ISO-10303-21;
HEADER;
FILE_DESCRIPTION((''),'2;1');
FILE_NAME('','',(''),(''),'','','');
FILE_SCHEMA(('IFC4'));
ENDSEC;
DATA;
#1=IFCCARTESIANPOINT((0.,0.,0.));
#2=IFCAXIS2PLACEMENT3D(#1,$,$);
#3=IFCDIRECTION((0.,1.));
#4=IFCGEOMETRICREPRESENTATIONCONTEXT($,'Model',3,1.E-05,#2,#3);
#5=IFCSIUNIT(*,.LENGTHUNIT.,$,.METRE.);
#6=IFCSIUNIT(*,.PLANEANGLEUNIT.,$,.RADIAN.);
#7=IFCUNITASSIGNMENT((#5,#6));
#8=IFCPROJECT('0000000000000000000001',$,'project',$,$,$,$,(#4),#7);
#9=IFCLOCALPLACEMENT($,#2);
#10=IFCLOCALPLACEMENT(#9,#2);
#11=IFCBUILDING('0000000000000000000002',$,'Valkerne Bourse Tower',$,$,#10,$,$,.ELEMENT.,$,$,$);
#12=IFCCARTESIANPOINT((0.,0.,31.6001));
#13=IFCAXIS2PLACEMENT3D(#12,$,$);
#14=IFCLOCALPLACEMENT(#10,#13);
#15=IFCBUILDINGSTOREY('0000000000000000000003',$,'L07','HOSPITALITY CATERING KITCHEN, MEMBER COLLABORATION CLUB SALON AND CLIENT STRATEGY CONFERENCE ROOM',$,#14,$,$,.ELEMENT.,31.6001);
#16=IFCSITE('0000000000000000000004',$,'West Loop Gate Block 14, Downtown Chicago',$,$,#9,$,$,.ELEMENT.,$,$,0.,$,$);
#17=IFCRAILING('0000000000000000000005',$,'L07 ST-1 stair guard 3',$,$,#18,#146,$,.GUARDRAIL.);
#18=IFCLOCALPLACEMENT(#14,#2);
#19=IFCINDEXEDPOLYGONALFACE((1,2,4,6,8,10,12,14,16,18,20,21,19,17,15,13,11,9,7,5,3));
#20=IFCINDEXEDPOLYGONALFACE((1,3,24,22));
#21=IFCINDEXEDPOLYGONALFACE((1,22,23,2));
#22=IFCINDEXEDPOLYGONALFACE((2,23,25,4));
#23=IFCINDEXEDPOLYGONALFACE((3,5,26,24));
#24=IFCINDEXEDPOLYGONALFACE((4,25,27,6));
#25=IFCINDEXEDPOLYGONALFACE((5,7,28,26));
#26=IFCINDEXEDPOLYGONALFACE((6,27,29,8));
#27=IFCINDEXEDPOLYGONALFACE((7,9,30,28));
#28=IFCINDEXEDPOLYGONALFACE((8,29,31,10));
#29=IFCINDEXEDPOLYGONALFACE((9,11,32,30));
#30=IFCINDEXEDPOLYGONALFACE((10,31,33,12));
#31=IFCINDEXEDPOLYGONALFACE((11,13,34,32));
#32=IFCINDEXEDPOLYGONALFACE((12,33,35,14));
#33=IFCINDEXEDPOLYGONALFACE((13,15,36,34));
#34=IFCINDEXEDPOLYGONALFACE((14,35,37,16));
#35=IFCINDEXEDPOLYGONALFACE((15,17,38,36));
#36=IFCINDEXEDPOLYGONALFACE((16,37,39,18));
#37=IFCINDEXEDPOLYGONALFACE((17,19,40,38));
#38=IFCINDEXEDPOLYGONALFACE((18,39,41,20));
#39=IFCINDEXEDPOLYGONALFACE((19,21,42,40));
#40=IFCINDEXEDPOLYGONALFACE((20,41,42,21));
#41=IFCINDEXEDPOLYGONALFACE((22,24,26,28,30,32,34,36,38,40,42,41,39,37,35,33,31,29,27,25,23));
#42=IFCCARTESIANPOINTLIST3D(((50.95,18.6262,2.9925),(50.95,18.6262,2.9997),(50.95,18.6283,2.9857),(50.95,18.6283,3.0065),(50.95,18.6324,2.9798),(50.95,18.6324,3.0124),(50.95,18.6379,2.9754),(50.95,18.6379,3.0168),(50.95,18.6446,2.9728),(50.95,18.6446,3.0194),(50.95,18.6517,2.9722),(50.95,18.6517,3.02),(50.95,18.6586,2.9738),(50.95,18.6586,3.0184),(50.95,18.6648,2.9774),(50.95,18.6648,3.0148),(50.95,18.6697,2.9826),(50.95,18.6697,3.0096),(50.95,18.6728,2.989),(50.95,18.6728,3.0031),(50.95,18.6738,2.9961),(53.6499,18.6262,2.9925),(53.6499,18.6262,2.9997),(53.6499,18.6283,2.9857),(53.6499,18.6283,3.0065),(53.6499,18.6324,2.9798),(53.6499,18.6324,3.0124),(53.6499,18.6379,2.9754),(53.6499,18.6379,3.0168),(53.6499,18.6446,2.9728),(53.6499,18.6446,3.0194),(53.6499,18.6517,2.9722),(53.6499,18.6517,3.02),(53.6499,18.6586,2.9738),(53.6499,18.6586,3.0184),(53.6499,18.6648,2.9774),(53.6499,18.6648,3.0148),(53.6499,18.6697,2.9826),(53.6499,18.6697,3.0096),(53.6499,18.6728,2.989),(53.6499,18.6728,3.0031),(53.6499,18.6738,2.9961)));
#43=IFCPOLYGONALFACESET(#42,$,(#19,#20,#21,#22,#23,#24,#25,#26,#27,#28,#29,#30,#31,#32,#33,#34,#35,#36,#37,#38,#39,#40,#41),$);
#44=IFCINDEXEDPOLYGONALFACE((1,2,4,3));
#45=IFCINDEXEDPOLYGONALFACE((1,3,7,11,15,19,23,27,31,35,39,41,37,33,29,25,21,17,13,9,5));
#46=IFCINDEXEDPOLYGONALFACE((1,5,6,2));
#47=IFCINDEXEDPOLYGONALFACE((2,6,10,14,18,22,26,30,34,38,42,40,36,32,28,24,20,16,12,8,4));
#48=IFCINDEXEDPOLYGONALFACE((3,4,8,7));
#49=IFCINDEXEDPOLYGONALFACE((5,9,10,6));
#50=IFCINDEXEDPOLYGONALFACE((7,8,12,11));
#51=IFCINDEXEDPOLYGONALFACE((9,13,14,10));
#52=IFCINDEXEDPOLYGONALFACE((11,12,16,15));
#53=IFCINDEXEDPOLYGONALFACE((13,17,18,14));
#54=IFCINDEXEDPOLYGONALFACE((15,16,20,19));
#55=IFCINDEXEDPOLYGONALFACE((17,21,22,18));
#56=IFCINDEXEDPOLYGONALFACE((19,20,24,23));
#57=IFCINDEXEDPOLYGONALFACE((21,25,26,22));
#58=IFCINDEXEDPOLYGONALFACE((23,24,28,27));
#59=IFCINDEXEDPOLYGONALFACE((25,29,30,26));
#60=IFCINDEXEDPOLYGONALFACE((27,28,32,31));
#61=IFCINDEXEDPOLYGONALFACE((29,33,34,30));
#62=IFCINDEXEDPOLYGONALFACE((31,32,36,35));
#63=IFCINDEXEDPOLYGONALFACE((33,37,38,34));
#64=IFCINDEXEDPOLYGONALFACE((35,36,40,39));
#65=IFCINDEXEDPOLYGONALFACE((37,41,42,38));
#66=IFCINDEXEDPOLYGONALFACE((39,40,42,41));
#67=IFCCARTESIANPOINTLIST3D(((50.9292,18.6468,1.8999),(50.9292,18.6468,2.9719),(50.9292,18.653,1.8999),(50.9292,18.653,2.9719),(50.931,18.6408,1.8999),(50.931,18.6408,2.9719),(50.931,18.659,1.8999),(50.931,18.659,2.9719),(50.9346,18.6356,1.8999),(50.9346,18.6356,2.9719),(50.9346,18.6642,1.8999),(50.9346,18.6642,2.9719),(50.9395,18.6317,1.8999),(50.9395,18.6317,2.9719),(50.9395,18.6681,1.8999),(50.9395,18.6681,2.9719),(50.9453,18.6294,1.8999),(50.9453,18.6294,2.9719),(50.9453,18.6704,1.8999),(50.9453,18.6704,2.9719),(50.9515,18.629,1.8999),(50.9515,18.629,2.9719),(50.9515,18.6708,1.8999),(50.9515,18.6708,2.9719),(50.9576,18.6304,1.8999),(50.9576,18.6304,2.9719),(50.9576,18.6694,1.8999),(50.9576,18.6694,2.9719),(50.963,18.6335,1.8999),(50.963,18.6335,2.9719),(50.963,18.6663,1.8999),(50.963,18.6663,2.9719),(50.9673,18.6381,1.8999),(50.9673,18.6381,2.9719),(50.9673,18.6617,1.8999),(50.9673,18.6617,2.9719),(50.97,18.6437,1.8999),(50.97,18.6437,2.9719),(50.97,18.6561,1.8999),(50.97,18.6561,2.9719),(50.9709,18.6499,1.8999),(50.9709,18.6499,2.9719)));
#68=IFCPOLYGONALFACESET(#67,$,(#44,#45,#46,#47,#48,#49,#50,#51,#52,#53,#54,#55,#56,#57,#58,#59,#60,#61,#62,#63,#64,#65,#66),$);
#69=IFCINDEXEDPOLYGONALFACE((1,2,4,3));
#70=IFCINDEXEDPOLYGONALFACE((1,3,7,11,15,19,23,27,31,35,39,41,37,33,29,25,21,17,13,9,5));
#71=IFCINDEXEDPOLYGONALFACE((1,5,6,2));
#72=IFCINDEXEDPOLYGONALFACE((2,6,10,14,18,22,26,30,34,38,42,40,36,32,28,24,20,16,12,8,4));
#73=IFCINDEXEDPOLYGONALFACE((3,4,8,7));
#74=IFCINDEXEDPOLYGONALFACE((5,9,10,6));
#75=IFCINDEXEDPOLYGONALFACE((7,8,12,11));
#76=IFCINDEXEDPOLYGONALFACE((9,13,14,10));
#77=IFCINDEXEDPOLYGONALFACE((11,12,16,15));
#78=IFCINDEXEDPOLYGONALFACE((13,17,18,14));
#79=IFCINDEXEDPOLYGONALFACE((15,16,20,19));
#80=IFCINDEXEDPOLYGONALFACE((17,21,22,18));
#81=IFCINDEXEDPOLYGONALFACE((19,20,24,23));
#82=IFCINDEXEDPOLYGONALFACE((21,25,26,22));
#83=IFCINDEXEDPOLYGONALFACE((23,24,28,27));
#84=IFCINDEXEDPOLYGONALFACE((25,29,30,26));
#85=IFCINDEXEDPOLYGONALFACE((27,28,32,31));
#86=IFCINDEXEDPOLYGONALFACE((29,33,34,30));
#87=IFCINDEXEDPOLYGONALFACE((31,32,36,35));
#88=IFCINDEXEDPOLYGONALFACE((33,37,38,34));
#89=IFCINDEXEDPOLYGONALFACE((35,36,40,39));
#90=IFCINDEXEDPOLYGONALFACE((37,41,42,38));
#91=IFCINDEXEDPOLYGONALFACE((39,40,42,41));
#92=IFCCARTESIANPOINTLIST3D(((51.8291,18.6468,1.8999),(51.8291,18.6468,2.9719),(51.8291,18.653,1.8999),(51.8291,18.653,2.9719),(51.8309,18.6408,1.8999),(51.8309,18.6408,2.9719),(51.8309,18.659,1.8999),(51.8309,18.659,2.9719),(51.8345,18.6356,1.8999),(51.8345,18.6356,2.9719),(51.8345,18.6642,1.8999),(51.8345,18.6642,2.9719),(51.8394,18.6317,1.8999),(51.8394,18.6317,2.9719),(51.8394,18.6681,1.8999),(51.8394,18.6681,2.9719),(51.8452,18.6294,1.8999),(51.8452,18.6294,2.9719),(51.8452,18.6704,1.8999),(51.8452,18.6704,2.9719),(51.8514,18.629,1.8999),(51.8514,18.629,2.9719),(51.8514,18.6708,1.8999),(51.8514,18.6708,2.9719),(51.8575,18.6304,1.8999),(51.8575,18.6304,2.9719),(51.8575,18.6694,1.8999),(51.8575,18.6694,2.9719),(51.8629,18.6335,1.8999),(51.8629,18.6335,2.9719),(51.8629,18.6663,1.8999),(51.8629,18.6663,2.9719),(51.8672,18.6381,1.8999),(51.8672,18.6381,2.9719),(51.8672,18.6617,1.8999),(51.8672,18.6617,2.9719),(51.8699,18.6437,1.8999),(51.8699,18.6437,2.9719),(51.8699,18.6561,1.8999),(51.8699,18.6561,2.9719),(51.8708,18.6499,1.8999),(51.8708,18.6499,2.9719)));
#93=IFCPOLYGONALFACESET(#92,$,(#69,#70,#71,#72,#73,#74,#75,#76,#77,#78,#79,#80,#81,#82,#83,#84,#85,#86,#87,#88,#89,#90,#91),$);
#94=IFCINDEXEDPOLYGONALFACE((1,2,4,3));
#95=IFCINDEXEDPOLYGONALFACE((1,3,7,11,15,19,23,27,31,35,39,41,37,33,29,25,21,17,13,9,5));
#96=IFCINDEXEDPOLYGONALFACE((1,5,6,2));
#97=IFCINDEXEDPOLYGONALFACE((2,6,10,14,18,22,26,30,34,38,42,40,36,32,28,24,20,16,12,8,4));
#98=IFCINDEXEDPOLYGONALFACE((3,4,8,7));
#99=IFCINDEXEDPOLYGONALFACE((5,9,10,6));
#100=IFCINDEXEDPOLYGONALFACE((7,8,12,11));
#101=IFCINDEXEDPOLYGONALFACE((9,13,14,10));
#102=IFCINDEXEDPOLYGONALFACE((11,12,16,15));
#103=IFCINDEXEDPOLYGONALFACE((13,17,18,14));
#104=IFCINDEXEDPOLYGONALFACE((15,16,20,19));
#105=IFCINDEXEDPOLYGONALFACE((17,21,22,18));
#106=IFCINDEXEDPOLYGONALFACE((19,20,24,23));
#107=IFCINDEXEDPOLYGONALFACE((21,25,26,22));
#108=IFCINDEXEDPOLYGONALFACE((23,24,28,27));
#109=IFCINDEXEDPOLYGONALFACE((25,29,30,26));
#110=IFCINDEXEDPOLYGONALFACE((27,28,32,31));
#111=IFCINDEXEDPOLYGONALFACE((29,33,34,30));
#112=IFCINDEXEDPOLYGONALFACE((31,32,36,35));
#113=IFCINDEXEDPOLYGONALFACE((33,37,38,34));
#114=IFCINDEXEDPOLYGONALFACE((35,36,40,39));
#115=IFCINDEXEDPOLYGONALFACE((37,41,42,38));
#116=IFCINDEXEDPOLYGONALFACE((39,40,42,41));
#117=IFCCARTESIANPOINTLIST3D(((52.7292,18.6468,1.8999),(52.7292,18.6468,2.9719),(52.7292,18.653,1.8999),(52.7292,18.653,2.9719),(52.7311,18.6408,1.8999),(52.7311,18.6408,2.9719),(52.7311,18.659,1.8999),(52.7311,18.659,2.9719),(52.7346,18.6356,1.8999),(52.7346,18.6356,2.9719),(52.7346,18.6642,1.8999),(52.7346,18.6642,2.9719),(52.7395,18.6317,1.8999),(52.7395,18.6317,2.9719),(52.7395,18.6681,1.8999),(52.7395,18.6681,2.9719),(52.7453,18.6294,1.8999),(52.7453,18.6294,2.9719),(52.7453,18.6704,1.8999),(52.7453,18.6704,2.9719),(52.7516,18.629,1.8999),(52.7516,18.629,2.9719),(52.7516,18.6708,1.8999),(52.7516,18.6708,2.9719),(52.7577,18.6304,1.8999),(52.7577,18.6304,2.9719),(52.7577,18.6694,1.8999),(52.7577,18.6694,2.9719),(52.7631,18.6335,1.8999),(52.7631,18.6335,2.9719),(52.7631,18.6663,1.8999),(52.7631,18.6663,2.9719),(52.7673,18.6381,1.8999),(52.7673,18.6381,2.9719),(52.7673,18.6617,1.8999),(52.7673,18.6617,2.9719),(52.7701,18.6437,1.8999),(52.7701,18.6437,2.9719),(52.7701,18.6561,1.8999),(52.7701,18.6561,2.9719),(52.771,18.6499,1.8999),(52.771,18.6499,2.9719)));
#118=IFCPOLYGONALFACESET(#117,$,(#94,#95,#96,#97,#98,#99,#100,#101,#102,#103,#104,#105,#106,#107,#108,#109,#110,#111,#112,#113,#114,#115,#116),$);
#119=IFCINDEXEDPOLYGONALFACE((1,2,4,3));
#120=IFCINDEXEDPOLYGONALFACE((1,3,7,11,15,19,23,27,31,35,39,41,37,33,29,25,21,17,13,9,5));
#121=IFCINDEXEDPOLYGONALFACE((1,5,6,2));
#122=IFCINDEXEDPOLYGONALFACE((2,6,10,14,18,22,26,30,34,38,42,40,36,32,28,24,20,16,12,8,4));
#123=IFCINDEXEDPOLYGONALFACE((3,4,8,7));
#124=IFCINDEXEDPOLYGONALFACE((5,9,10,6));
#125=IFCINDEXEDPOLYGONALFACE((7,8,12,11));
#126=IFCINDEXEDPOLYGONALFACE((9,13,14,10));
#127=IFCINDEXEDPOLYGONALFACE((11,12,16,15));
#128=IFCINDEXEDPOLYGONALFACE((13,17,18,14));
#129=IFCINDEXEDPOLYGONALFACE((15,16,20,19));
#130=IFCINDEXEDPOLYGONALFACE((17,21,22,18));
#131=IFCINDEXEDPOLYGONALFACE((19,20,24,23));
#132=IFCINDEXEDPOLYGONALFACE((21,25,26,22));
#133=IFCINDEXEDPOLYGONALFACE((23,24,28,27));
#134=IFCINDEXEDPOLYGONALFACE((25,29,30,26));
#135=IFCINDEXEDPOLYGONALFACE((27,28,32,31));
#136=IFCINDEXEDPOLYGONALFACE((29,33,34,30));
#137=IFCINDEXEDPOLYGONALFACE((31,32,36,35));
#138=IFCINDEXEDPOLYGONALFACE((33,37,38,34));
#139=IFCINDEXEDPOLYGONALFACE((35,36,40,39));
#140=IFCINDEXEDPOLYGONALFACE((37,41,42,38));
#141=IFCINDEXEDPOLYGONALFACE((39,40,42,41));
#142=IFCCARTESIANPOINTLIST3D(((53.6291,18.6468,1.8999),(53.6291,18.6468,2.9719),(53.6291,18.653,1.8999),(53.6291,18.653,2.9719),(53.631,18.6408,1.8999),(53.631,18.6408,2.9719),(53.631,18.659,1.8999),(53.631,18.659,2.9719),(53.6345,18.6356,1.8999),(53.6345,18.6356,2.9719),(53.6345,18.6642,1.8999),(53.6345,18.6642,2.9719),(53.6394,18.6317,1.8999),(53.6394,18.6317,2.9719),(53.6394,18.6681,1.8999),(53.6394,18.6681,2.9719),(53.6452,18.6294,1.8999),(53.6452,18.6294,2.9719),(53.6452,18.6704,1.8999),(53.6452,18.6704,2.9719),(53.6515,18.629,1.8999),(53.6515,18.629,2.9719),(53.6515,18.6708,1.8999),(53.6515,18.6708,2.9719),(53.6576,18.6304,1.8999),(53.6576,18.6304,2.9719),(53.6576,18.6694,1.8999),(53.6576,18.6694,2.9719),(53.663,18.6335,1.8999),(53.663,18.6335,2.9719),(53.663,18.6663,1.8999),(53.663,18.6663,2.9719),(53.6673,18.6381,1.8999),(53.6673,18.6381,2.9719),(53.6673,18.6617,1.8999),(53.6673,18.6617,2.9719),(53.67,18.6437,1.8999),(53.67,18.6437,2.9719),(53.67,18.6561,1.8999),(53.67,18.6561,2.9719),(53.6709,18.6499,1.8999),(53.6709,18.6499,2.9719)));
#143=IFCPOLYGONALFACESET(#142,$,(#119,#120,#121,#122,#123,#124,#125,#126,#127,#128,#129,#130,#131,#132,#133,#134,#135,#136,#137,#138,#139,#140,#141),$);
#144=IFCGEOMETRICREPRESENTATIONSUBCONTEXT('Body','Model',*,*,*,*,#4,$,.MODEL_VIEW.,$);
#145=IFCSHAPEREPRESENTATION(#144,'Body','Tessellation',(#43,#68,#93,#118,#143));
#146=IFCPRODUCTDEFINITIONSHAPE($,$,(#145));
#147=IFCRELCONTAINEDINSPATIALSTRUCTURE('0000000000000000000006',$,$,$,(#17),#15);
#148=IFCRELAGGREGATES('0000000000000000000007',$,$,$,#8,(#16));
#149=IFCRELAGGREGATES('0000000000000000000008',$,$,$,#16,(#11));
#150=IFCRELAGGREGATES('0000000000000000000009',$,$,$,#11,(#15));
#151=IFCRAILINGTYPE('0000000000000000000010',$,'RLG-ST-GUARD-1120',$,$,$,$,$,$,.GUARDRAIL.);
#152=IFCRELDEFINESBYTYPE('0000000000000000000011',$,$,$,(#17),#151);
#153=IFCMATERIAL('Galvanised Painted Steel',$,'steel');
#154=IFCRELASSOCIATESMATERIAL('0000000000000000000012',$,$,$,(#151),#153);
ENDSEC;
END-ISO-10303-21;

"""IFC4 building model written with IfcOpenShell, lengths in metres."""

from ifc_helpers import new_model, si_unit, direction, frame, origin, origin_2d, place, context, subcontext, project, spatial, circle, extrude, material, type_object, element, save


model = new_model("IFC4")

# Units and contexts
model_context = context("Model", 3, precision=1e-05, world=origin(), true_north=direction((0.0, 1.0)))
body_context = subcontext(model_context, "Body", "Model", "MODEL_VIEW")
ifc_project = project(units=[si_unit("LENGTHUNIT", "METRE"), si_unit("PLANEANGLEUNIT", "RADIAN")], contexts=[model_context])

# Site, building, storey
site_placement = place(None, origin())
site = spatial("IfcSite", under=ifc_project, at=site_placement, Name="West Loop Gate Block 14, Downtown Chicago", CompositionType="ELEMENT", RefElevation=0.0)
building_placement = place(site_placement, origin())
building = spatial("IfcBuilding", under=site, at=building_placement, Name="Valkerne Bourse Tower", CompositionType="ELEMENT")
storey_placement = place(building_placement, frame((0.0, 0.0, 31.6001)))
storey = spatial("IfcBuildingStorey", under=building, at=storey_placement, Name="L07", Description="HOSPITALITY CATERING KITCHEN, MEMBER COLLABORATION CLUB SALON AND CLIENT STRATEGY CONFERENCE ROOM", CompositionType="ELEMENT", Elevation=31.6001)

# Shared definitions
ifc_material_1 = material(Name="Galvanised Painted Steel", Category="steel")

# Railing
railing_type_1 = type_object("IfcRailingType", Name="RLG-ST-GUARD-1120", PredefinedType="GUARDRAIL", material=ifc_material_1)
for number, where, name in (
    (1, (50.95, 18.6499, 1.8999), "L07 ST-1 stair guard 3"),
):
    element("IfcRailing", number, at=place(storey_placement, frame(where)), inside=storey, type_object=railing_type_1, Name=name, PredefinedType="GUARDRAIL", context=body_context, shape_type="SweptSolid", body=[
        extrude(circle(Radius=0.0239, at=origin_2d()), frame((0.0, 0.0, 1.0962), z_axis=(1.0, 0.0, 0.0), x_axis=(0.0, 1.0, 0.0)), (0.0, 0.0, 1.0), 2.7),
        extrude(circle(Radius=0.021, at=origin_2d()), origin(), (0.0, 0.0, 1.0), 1.072),
        extrude(circle(Radius=0.021, at=origin_2d()), frame((0.8999, 0.0, 0.0)), (0.0, 0.0, 1.0), 1.072),
        extrude(circle(Radius=0.021, at=origin_2d()), frame((1.8, 0.0, 0.0)), (0.0, 0.0, 1.0), 1.072),
        extrude(circle(Radius=0.021, at=origin_2d()), frame((2.7, 0.0, 0.0)), (0.0, 0.0, 1.0), 1.072),
    ])

save(model, "model.ifc")
